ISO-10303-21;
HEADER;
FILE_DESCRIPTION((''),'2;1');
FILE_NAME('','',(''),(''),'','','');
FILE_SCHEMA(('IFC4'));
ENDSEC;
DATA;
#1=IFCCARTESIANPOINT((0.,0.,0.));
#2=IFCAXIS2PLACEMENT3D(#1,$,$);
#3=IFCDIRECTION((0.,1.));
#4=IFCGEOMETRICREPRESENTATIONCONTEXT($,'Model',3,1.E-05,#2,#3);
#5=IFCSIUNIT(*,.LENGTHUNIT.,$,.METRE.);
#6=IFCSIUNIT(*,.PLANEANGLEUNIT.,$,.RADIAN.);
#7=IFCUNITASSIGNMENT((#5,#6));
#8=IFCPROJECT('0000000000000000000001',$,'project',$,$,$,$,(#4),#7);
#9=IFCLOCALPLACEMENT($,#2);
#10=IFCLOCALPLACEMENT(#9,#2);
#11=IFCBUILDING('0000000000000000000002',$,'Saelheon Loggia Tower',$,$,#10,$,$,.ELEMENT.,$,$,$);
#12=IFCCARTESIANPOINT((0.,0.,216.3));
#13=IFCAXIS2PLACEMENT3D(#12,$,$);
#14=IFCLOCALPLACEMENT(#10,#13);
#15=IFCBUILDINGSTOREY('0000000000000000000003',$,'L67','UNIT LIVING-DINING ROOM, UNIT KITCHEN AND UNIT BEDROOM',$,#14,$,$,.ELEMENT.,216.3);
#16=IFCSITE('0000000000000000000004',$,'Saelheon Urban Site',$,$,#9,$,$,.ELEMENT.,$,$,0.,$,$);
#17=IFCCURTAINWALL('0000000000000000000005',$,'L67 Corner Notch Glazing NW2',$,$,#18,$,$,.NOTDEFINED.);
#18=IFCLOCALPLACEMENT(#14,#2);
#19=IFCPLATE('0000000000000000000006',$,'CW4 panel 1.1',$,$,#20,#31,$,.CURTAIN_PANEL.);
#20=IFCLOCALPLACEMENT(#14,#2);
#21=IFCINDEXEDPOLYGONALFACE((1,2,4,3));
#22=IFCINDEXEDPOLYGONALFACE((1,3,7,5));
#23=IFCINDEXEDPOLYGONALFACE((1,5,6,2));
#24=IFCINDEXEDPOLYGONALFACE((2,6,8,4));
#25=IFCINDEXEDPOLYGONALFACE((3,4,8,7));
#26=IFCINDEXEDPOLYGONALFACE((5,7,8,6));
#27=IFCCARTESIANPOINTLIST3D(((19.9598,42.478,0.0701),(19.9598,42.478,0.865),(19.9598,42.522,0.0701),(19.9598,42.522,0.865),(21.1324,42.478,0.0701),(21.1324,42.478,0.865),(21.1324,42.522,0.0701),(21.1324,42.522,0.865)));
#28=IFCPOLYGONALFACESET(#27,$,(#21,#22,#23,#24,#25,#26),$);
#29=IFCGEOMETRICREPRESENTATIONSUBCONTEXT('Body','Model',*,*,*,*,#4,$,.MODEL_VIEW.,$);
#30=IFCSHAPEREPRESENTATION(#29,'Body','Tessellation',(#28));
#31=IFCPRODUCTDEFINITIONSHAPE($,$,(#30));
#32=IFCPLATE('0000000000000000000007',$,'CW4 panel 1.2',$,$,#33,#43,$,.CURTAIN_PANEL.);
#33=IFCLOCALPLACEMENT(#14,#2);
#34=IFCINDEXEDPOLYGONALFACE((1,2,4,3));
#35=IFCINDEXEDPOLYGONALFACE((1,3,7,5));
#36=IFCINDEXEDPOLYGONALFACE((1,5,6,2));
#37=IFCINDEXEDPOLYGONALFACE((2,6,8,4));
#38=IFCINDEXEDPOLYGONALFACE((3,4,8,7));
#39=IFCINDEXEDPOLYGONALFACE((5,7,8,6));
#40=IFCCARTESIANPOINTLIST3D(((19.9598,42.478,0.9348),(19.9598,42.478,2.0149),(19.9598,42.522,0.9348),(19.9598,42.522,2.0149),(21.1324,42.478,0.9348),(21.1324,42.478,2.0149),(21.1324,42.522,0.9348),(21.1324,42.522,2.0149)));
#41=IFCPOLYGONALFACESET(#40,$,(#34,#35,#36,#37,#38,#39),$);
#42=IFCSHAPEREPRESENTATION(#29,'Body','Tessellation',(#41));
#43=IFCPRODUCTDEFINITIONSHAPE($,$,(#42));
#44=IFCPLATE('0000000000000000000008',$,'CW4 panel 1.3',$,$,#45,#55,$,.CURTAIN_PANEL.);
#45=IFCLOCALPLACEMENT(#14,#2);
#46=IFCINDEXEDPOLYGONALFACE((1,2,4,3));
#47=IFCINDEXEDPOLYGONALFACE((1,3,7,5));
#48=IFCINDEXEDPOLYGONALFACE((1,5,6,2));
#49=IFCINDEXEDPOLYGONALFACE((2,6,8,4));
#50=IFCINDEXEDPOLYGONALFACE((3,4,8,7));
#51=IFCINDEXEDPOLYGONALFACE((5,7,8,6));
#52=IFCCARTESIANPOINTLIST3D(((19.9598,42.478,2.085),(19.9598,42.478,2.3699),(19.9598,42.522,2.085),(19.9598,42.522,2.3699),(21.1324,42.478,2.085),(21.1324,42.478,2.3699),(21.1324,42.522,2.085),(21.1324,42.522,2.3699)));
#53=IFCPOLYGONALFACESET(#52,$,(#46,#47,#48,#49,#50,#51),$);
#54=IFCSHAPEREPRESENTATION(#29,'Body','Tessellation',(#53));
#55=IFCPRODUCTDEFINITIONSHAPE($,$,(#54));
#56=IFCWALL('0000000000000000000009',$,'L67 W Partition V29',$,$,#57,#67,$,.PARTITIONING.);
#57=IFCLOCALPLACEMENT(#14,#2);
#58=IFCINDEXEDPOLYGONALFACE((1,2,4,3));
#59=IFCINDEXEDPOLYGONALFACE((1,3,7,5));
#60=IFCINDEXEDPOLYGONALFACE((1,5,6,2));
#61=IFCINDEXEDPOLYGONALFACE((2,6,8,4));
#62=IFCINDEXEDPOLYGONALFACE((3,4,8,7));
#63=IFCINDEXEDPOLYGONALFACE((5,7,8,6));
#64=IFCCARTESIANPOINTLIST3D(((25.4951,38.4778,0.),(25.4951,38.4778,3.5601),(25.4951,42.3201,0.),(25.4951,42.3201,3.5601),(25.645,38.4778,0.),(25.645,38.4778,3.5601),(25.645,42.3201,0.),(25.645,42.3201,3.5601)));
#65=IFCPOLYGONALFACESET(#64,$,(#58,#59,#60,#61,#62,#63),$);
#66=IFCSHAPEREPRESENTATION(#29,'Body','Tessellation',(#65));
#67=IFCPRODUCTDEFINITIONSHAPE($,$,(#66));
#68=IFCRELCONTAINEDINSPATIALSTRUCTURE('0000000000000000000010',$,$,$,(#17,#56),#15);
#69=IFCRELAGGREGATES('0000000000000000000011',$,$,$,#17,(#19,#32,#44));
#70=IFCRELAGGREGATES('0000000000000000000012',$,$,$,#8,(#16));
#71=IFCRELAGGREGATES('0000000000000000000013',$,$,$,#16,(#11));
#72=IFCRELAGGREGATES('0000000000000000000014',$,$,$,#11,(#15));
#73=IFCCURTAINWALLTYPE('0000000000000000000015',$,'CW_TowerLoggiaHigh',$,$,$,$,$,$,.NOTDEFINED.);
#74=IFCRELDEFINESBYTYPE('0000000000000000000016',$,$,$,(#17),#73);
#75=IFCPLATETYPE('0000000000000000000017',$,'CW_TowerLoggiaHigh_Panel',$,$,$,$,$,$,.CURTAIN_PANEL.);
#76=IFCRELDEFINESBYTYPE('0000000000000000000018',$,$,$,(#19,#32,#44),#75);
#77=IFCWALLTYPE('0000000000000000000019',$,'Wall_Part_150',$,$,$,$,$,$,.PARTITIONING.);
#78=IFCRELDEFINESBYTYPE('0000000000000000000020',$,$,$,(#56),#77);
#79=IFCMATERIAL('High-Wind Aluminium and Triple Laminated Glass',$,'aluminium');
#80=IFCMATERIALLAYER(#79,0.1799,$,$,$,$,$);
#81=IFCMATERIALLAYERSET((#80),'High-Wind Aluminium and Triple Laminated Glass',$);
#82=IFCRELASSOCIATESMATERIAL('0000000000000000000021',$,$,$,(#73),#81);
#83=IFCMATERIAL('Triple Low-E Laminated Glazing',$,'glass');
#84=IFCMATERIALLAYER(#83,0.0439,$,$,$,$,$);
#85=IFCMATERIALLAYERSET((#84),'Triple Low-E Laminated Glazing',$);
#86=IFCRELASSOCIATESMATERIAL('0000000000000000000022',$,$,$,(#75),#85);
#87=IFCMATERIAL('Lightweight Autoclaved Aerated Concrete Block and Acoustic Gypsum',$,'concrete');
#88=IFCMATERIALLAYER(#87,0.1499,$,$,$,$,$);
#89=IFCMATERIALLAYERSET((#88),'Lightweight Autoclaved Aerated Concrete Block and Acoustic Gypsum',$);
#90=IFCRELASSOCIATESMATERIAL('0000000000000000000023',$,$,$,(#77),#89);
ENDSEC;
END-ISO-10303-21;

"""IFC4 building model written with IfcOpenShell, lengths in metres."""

from ifc_helpers import new_model, si_unit, direction, frame, frame_2d, origin, origin_2d, place, context, subcontext, project, spatial, rectangle, extrude, source, transform, mapped, material, layer, layer_set, type_object, element, aggregate, save


model = new_model("IFC4")

# Units and contexts
model_context = context("Model", 3, precision=1e-05, world=origin(), true_north=direction((0.0, 1.0)))
body_context = subcontext(model_context, "Body", "Model", "MODEL_VIEW")
ifc_project = project(units=[si_unit("LENGTHUNIT", "METRE"), si_unit("PLANEANGLEUNIT", "RADIAN")], contexts=[model_context])

# Site, building, storey
site_placement = place(None, origin())
site = spatial("IfcSite", under=ifc_project, at=site_placement, Name="Saelheon Urban Site", CompositionType="ELEMENT", RefElevation=0.0)
building_placement = place(site_placement, origin())
building = spatial("IfcBuilding", under=site, at=building_placement, Name="Saelheon Loggia Tower", CompositionType="ELEMENT")
storey_placement = place(building_placement, frame((0.0, 0.0, 216.3)))
storey = spatial("IfcBuildingStorey", under=building, at=storey_placement, Name="L67", Description="UNIT LIVING-DINING ROOM, UNIT KITCHEN AND UNIT BEDROOM", CompositionType="ELEMENT", Elevation=216.3)

# Curtain wall, plates
ifc_material_1 = material(Name="High-Wind Aluminium and Triple Laminated Glass", Category="aluminium")
ifc_layer_1 = layer(ifc_material_1, 0.1799)
ifc_layer_set_1 = layer_set([ifc_layer_1], Name="High-Wind Aluminium and Triple Laminated Glass")
curtain_wall_type = type_object("IfcCurtainWallType", Name="CW_TowerLoggiaHigh", PredefinedType="NOTDEFINED", material=ifc_layer_set_1)
curtain_wall_placement = place(storey_placement, origin())
curtain_wall = element("IfcCurtainWall", 1, at=curtain_wall_placement, inside=storey, type_object=curtain_wall_type, Name="L67 Corner Notch Glazing NW2", PredefinedType="NOTDEFINED")
ifc_material_2 = material(Name="Triple Low-E Laminated Glazing", Category="glass")
ifc_layer_2 = layer(ifc_material_2, 0.0439)
ifc_layer_set_2 = layer_set([ifc_layer_2], Name="Triple Low-E Laminated Glazing")
plate_type = type_object("IfcPlateType", Name="CW_TowerLoggiaHigh_Panel", PredefinedType="CURTAIN_PANEL", material=ifc_layer_set_2)
shared_shape_1 = source(origin(), body_context, "Body", "SweptSolid", [
    extrude(rectangle(XDim=1.1726, YDim=0.0439, at=origin_2d()), origin(), (0.0, 0.0, 1.0), 0.7949),
])
plate_1_placement = place(storey_placement, frame((20.5461, 42.5, 0.0701), z_axis=(0.0, 0.0, 1.0), x_axis=(1.0, 0.0, 0.0)))
plate_1 = element("IfcPlate", 2, at=plate_1_placement, type_object=plate_type, Name="CW4 panel 1.1", PredefinedType="CURTAIN_PANEL", context=body_context, shape_type="MappedRepresentation", body=[
    mapped(shared_shape_1, transform((0.0, 0.0, 0.0), scale=1.0)),
])
shared_shape_2 = source(origin(), body_context, "Body", "SweptSolid", [
    extrude(rectangle(XDim=1.1726, YDim=0.0439, at=origin_2d()), origin(), (0.0, 0.0, 1.0), 1.0801),
])
plate_2_placement = place(storey_placement, frame((20.5461, 42.5, 0.9348), z_axis=(0.0, 0.0, 1.0), x_axis=(1.0, 0.0, 0.0)))
plate_2 = element("IfcPlate", 3, at=plate_2_placement, type_object=plate_type, Name="CW4 panel 1.2", PredefinedType="CURTAIN_PANEL", context=body_context, shape_type="MappedRepresentation", body=[
    mapped(shared_shape_2, transform((0.0, 0.0, 0.0), scale=1.0)),
])
shared_shape_3 = source(origin(), body_context, "Body", "SweptSolid", [
    extrude(rectangle(XDim=1.1726, YDim=0.0439, at=origin_2d()), origin(), (0.0, 0.0, 1.0), 0.2849),
])
plate_3_placement = place(storey_placement, frame((20.5461, 42.5, 2.085), z_axis=(0.0, 0.0, 1.0), x_axis=(1.0, 0.0, 0.0)))
plate_3 = element("IfcPlate", 4, at=plate_3_placement, type_object=plate_type, Name="CW4 panel 1.3", PredefinedType="CURTAIN_PANEL", context=body_context, shape_type="MappedRepresentation", body=[
    mapped(shared_shape_3, transform((0.0, 0.0, 0.0), scale=1.0)),
])
aggregate(curtain_wall, [plate_1, plate_2, plate_3])

# Wall
ifc_material_3 = material(Name="Lightweight Autoclaved Aerated Concrete Block and Acoustic Gypsum", Category="concrete")
ifc_layer_3 = layer(ifc_material_3, 0.1499)
ifc_layer_set_3 = layer_set([ifc_layer_3], Name="Lightweight Autoclaved Aerated Concrete Block and Acoustic Gypsum")
wall_type = type_object("IfcWallType", Name="Wall_Part_150", PredefinedType="PARTITIONING", material=ifc_layer_set_3)
wall_placement = place(storey_placement, frame((25.5701, 38.4778, 0.0), z_axis=(0.0, 0.0, 1.0), x_axis=(0.0, 1.0, 0.0)))
element("IfcWall", 5, at=wall_placement, inside=storey, type_object=wall_type, Name="L67 W Partition V29", PredefinedType="PARTITIONING", context=body_context, shape_type="SweptSolid", body=[
    extrude(rectangle(XDim=3.8423, YDim=0.1499, at=frame_2d((1.9211, 0.0))), origin(), (0.0, 0.0, 1.0), 3.5601),
])

save(model, "model.ifc")
